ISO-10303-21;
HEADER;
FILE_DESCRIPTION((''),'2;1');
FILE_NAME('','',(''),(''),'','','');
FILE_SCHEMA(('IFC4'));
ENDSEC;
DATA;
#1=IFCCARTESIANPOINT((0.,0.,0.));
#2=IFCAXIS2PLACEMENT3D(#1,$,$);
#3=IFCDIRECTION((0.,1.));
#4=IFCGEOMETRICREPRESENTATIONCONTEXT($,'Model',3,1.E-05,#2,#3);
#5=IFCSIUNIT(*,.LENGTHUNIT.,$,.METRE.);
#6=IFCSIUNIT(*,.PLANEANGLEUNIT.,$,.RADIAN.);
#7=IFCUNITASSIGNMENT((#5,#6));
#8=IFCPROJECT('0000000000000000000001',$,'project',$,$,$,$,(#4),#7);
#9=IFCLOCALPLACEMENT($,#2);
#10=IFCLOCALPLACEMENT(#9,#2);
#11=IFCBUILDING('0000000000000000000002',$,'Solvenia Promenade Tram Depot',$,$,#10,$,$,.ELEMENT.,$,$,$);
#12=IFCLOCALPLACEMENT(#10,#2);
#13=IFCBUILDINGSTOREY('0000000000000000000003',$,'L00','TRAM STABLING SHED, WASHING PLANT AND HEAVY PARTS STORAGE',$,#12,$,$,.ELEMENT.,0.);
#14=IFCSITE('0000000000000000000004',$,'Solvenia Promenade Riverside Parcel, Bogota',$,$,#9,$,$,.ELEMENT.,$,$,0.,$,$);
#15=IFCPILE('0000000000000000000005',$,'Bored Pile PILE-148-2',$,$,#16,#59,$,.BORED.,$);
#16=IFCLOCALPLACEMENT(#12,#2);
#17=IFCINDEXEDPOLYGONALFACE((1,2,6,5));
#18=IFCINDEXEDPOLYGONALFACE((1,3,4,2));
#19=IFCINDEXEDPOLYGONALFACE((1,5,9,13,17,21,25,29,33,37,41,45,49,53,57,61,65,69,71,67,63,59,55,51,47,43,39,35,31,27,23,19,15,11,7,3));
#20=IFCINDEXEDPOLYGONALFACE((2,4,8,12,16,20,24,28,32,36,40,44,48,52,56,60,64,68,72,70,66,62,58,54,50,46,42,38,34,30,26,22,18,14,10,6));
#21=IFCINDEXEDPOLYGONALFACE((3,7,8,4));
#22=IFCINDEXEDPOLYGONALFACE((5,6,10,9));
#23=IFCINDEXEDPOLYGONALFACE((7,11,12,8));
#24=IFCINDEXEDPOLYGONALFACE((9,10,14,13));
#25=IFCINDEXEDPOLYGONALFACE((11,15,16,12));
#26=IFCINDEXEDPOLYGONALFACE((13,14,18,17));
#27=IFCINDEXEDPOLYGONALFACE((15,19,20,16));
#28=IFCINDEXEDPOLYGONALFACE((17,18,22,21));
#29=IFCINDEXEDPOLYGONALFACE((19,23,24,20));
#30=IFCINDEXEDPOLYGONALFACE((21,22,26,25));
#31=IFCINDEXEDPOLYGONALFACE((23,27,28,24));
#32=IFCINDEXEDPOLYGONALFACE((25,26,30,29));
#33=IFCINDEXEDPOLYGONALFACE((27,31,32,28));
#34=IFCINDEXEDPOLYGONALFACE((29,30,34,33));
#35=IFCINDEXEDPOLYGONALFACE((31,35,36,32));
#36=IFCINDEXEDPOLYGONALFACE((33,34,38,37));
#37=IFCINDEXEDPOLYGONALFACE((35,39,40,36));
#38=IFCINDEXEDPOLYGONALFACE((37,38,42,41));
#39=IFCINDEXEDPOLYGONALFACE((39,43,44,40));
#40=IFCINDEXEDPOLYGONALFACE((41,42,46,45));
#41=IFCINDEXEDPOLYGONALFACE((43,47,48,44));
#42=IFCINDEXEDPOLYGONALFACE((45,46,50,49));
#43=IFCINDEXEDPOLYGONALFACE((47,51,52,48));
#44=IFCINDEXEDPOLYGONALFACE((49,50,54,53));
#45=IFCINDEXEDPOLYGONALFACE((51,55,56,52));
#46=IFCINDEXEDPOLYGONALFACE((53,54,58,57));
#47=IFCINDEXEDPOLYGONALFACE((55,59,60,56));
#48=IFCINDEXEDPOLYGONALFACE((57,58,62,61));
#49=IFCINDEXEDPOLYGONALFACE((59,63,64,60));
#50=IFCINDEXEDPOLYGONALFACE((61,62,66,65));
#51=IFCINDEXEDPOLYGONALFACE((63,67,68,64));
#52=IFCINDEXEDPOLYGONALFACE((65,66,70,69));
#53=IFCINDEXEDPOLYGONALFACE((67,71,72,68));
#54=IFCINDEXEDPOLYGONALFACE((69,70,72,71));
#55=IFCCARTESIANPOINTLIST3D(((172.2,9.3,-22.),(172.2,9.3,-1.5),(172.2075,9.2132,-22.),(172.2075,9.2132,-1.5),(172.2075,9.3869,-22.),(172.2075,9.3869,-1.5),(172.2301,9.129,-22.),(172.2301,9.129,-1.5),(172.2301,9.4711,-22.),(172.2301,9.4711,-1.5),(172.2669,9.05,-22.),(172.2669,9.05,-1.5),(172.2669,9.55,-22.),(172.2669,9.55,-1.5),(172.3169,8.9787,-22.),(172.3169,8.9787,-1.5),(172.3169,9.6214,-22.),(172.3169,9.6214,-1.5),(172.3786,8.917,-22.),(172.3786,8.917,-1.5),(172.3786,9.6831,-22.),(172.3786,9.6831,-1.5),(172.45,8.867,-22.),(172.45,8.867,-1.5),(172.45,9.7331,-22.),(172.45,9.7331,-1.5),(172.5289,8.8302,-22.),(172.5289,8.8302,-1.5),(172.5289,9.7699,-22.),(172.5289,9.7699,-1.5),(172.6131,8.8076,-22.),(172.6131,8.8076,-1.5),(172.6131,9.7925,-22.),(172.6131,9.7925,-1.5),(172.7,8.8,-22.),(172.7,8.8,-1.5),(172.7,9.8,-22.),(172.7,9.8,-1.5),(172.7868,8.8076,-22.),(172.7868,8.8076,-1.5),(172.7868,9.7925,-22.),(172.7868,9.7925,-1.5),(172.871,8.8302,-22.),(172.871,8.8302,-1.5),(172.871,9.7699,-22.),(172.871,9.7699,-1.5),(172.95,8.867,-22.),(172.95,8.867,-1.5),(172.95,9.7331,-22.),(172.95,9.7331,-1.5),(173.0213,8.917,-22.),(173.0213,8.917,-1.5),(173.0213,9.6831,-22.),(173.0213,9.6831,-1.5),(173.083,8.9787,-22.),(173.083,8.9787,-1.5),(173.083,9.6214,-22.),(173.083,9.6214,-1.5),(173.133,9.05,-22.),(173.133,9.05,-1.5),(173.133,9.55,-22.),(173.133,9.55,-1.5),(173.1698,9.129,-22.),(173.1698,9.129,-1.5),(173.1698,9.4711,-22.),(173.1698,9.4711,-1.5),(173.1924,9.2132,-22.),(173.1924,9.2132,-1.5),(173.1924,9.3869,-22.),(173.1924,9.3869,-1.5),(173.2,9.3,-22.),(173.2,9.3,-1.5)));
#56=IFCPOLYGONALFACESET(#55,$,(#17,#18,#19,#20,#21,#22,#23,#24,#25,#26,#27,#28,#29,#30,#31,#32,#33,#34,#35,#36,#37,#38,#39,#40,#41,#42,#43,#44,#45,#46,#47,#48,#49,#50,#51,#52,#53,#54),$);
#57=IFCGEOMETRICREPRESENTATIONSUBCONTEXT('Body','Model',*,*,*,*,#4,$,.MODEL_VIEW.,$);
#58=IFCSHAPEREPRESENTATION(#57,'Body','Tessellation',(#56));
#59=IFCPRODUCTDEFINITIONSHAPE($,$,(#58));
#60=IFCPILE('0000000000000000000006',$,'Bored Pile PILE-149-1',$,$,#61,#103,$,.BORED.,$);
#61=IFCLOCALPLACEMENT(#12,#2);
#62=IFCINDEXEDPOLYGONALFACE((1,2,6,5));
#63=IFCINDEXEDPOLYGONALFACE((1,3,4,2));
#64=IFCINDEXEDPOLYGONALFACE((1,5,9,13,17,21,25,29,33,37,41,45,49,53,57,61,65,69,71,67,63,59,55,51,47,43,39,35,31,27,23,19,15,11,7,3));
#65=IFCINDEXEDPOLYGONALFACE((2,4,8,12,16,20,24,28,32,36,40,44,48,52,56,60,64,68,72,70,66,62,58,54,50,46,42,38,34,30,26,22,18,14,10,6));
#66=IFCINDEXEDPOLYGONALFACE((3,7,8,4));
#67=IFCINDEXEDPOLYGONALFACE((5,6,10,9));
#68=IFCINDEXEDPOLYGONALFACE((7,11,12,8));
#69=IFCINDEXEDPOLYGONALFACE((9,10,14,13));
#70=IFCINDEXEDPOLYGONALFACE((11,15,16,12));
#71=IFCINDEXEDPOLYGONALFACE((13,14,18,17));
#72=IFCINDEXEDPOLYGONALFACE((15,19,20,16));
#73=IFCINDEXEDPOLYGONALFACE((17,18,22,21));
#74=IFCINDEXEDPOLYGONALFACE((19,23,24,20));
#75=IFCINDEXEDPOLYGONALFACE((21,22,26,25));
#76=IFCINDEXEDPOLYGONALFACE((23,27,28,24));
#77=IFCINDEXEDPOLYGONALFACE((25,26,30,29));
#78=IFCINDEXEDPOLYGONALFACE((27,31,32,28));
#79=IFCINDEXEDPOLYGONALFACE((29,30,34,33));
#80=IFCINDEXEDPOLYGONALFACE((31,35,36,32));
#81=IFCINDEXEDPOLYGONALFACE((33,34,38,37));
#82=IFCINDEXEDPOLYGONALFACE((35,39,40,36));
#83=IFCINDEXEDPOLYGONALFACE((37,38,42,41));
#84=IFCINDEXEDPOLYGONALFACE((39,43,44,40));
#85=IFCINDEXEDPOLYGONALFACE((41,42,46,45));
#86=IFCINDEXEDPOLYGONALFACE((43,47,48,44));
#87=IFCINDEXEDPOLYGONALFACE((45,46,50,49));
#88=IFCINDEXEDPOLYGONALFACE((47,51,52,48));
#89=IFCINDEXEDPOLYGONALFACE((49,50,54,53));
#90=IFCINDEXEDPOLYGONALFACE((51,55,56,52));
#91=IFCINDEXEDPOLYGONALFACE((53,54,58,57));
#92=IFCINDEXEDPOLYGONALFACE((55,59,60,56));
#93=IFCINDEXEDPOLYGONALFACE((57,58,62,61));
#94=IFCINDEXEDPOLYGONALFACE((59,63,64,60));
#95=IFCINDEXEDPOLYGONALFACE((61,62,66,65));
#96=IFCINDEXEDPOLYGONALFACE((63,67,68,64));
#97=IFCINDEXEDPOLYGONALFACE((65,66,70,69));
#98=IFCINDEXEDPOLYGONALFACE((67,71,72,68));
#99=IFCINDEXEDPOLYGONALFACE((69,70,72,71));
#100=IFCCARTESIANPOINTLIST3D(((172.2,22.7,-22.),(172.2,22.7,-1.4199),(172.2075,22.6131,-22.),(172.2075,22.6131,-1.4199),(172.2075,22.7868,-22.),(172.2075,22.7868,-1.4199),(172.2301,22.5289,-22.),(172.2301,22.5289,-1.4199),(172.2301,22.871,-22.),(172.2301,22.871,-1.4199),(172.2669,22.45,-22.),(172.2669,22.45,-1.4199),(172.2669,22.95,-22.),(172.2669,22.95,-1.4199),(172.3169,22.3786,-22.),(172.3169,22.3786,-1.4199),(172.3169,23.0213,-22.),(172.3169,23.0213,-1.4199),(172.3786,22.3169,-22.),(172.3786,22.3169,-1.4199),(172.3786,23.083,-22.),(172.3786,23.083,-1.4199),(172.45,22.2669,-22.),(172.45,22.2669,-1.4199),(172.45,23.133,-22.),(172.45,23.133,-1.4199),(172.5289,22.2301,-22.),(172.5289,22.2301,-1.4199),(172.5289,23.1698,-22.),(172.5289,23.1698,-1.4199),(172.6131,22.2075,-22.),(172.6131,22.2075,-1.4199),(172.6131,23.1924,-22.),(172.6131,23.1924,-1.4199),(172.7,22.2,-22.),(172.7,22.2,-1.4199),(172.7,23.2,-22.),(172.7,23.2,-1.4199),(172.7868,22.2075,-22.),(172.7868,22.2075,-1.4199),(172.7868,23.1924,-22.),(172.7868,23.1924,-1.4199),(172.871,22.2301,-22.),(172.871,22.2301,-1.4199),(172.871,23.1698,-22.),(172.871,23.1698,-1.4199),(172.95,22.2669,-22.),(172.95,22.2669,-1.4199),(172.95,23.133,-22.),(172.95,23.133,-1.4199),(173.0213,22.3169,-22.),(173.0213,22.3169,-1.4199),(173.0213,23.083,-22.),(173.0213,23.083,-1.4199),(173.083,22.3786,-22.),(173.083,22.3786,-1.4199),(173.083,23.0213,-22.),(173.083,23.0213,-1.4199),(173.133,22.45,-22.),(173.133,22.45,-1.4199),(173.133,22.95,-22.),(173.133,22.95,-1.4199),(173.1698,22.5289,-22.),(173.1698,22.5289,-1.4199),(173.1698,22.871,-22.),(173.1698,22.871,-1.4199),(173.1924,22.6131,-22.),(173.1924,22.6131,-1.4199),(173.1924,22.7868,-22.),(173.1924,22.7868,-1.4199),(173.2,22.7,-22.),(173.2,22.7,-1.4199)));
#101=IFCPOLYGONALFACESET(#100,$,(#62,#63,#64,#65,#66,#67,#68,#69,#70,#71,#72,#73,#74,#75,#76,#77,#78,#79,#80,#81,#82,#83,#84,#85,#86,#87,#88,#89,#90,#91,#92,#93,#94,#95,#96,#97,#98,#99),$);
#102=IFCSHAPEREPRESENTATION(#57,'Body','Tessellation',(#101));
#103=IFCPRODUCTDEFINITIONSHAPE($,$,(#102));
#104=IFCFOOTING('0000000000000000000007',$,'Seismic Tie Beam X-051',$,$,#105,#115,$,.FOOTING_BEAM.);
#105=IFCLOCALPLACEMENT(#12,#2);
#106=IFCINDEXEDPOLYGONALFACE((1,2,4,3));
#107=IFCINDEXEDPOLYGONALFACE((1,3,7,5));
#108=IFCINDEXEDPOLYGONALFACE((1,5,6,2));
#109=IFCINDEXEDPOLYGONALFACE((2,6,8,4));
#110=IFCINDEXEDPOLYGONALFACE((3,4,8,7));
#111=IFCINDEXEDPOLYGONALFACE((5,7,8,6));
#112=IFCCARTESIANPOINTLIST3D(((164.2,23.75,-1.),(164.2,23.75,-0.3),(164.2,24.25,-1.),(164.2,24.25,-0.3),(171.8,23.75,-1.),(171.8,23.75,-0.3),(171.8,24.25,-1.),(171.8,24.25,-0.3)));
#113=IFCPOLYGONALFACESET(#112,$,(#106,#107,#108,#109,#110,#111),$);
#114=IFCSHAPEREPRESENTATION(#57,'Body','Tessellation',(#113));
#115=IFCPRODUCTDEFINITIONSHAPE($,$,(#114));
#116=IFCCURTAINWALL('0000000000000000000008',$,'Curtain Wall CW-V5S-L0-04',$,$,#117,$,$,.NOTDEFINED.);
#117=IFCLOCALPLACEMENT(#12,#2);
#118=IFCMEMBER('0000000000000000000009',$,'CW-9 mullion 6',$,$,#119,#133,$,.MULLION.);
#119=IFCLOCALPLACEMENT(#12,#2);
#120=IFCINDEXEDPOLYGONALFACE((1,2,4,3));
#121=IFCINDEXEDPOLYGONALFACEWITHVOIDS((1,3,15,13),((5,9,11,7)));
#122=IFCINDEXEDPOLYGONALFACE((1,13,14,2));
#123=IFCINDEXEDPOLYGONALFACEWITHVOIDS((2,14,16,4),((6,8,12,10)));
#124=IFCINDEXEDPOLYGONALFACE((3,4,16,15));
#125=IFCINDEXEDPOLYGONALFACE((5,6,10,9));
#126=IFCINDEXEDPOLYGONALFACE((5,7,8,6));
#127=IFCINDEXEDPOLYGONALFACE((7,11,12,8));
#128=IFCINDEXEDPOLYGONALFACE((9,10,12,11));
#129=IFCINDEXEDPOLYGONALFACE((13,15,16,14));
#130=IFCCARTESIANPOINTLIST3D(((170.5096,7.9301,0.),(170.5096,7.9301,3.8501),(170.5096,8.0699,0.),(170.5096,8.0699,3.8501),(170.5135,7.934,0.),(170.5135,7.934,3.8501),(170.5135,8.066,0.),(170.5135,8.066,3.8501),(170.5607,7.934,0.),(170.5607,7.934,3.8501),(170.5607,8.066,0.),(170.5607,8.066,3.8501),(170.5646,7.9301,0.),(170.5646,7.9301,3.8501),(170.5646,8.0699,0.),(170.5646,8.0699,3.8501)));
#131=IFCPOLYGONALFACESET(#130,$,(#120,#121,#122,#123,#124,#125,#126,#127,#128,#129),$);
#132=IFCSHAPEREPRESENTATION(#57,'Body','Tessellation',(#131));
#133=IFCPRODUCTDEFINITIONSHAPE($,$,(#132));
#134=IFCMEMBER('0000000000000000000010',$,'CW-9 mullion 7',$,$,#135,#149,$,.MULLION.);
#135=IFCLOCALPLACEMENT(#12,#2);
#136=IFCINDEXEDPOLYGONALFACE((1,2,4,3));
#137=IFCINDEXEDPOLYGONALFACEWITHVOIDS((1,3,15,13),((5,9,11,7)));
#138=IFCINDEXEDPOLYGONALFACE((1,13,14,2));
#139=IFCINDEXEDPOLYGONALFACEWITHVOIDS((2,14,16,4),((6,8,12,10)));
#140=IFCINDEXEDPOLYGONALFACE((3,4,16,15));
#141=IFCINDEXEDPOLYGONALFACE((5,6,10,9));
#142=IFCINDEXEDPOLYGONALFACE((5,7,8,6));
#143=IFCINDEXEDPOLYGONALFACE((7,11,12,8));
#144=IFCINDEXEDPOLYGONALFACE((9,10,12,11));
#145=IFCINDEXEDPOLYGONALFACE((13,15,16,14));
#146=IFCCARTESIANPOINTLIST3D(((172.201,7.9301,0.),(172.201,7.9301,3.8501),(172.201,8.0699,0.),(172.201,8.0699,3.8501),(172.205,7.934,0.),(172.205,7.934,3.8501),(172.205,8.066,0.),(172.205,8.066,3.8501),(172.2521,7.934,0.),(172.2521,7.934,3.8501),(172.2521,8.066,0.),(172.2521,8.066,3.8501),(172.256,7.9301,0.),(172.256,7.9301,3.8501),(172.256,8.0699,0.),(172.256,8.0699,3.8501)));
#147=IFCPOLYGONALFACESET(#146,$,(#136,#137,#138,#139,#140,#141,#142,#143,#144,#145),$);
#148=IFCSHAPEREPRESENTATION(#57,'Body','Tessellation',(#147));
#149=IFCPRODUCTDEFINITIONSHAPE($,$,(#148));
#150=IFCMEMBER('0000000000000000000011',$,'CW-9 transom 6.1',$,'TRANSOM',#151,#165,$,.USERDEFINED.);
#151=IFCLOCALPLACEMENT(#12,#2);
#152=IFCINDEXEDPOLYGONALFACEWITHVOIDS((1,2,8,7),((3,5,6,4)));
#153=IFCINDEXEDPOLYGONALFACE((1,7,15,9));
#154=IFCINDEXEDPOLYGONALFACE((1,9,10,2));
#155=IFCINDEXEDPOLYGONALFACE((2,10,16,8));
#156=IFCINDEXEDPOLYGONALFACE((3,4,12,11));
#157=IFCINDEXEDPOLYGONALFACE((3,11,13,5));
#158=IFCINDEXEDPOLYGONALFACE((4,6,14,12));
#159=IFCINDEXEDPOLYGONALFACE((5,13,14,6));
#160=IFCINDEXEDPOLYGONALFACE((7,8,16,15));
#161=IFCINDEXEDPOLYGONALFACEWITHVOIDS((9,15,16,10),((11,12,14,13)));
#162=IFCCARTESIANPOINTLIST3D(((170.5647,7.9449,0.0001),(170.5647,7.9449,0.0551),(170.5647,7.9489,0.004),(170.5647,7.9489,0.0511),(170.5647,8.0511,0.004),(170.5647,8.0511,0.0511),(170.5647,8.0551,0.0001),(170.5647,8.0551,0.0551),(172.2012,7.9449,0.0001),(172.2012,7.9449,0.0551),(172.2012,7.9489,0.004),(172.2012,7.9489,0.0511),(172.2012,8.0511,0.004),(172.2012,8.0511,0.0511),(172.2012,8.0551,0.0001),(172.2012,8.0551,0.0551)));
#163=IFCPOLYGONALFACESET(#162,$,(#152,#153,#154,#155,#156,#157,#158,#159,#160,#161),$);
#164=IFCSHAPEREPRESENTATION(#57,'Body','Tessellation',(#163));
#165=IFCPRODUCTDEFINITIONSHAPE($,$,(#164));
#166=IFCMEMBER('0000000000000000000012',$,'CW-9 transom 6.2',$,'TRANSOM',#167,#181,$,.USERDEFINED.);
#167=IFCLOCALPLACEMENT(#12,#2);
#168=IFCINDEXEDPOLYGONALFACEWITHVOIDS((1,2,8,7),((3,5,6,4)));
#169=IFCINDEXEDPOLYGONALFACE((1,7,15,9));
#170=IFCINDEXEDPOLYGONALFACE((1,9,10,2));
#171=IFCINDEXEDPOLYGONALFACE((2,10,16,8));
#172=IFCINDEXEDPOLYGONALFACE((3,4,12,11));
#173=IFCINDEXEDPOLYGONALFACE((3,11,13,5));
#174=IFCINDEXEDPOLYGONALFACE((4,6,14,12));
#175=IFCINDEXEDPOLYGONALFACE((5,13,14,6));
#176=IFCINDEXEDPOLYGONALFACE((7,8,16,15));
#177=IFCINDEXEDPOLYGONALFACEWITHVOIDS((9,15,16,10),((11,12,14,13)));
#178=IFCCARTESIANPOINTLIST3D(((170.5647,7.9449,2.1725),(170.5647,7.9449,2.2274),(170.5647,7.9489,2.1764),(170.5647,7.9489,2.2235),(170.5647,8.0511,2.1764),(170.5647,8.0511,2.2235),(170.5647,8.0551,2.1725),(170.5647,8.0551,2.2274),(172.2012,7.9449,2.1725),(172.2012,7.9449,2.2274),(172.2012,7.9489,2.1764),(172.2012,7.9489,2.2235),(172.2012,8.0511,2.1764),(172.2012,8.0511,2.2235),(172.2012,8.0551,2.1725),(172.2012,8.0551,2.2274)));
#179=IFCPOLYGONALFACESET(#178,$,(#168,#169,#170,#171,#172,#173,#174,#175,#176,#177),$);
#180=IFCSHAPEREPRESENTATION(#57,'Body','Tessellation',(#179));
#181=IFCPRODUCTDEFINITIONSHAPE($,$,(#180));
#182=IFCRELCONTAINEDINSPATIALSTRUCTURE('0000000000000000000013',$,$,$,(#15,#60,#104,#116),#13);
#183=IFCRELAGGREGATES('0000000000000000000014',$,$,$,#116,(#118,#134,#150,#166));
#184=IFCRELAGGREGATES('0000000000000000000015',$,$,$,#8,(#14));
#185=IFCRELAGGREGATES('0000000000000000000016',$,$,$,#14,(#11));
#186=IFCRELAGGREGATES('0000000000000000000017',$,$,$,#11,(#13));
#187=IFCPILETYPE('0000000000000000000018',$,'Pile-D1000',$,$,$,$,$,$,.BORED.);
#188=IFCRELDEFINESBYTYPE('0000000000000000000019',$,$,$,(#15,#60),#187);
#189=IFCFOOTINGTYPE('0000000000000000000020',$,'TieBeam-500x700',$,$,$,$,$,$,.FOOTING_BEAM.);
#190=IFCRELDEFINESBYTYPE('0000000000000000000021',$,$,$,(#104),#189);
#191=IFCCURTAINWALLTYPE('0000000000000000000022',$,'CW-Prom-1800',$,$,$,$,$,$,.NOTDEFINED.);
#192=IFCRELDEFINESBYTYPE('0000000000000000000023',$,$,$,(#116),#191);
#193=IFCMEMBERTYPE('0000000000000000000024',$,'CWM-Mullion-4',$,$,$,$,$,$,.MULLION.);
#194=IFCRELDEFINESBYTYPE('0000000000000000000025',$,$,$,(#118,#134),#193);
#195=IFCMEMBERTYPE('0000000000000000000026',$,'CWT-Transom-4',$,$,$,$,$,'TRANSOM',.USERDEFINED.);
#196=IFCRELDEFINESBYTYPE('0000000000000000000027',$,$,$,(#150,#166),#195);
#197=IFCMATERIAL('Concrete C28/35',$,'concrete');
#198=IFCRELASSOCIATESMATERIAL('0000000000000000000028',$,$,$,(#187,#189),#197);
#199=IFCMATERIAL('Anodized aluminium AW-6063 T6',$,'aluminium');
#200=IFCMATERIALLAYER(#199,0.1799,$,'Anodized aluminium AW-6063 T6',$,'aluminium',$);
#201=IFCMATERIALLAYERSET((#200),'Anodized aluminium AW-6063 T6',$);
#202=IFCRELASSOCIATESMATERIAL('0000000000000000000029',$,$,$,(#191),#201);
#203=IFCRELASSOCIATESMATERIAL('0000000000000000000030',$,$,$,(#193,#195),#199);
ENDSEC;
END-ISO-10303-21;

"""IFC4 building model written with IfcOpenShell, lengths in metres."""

from ifc_helpers import new_model, si_unit, direction, frame, origin, origin_2d, place, context, subcontext, project, spatial, rectangle, hollow_rectangle, circle, extrude, material, layer, layer_set, material_profile, profile_set, type_object, element, aggregate, save


model = new_model("IFC4")

# Units and contexts
model_context = context("Model", 3, precision=1e-05, world=origin(), true_north=direction((0.0, 1.0)))
body_context = subcontext(model_context, "Body", "Model", "MODEL_VIEW")
ifc_project = project(units=[si_unit("LENGTHUNIT", "METRE"), si_unit("PLANEANGLEUNIT", "RADIAN")], contexts=[model_context])

# Site, building, storey
site_placement = place(None, origin())
site = spatial("IfcSite", under=ifc_project, at=site_placement, Name="Solvenia Promenade Riverside Parcel, Bogota", CompositionType="ELEMENT", RefElevation=0.0)
building_placement = place(site_placement, origin())
building = spatial("IfcBuilding", under=site, at=building_placement, Name="Solvenia Promenade Tram Depot", CompositionType="ELEMENT")
storey_placement = place(building_placement, origin())
storey = spatial("IfcBuildingStorey", under=building, at=storey_placement, Name="L00", Description="TRAM STABLING SHED, WASHING PLANT AND HEAVY PARTS STORAGE", CompositionType="ELEMENT", Elevation=0.0)

# Piles
ifc_material_1 = material(Name="Concrete C28/35", Category="concrete")
ifc_material_profile_1 = material_profile(ifc_material_1, circle(Radius=0.5, at=origin_2d()), Name="D1000", Category="concrete")
ifc_profile_set_1 = profile_set([ifc_material_profile_1], Name="Concrete C28/35")
pile_type = type_object("IfcPileType", Name="Pile-D1000", PredefinedType="BORED", material=ifc_profile_set_1)
pile_1_placement = place(storey_placement, frame((172.7, 9.3, -1.5), z_axis=(0.0, 0.0, -1.0), x_axis=(1.0, 0.0, 0.0)))
element("IfcPile", 1, at=pile_1_placement, inside=storey, type_object=pile_type, Name="Bored Pile PILE-148-2", PredefinedType="BORED", context=body_context, shape_type="SweptSolid", body=[
    extrude(circle(Radius=0.5, at=origin_2d()), origin(), (0.0, 0.0, 1.0), 20.5),
])
pile_2_placement = place(storey_placement, frame((172.7, 22.7, -1.4199), z_axis=(0.0, 0.0, -1.0), x_axis=(1.0, 0.0, 0.0)))
element("IfcPile", 2, at=pile_2_placement, inside=storey, type_object=pile_type, Name="Bored Pile PILE-149-1", PredefinedType="BORED", context=body_context, shape_type="SweptSolid", body=[
    extrude(circle(Radius=0.5, at=origin_2d()), origin(), (0.0, 0.0, 1.0), 20.5801),
])

# Footing
footing_type = type_object("IfcFootingType", Name="TieBeam-500x700", PredefinedType="FOOTING_BEAM", material=ifc_material_1)
footing_placement = place(storey_placement, frame((168.0, 24.0, -1.0), z_axis=(0.0, 0.0, 1.0), x_axis=(1.0, 0.0, 0.0)))
element("IfcFooting", 3, at=footing_placement, inside=storey, type_object=footing_type, Name="Seismic Tie Beam X-051", PredefinedType="FOOTING_BEAM", context=body_context, shape_type="SweptSolid", body=[
    extrude(rectangle(XDim=7.6001, YDim=0.5, at=origin_2d()), origin(), (0.0, 0.0, 1.0), 0.7),
])

# Curtain wall, members
ifc_material_2 = material(Name="Anodized aluminium AW-6063 T6", Category="aluminium")
ifc_layer_1 = layer(ifc_material_2, 0.1799, Name="Anodized aluminium AW-6063 T6", Category="aluminium")
ifc_layer_set_1 = layer_set([ifc_layer_1], Name="Anodized aluminium AW-6063 T6")
curtain_wall_type = type_object("IfcCurtainWallType", Name="CW-Prom-1800", PredefinedType="NOTDEFINED", material=ifc_layer_set_1)
curtain_wall_placement = place(storey_placement, origin())
curtain_wall = element("IfcCurtainWall", 4, at=curtain_wall_placement, inside=storey, type_object=curtain_wall_type, Name="Curtain Wall CW-V5S-L0-04", PredefinedType="NOTDEFINED")
ifc_material_profile_2 = material_profile(ifc_material_2, hollow_rectangle(XDim=0.1399, YDim=0.0549, WallThickness=0.0039, at=origin_2d()), Name="ALU-M4", Category="aluminium")
ifc_profile_set_2 = profile_set([ifc_material_profile_2], Name="Anodized aluminium AW-6063 T6")
member_type_1 = type_object("IfcMemberType", Name="CWM-Mullion-4", PredefinedType="MULLION", material=ifc_profile_set_2)
member_1_placement = place(storey_placement, frame((170.5371, 8.0, 0.0), z_axis=(0.0, 0.0, 1.0), x_axis=(0.0, 1.0, 0.0)))
member_1 = element("IfcMember", 5, at=member_1_placement, type_object=member_type_1, Name="CW-9 mullion 6", PredefinedType="MULLION", context=body_context, shape_type="SweptSolid", body=[
    extrude(hollow_rectangle(XDim=0.1399, YDim=0.0549, WallThickness=0.0039, at=origin_2d()), origin(), (0.0, 0.0, 1.0), 3.8501),
])
member_2_placement = place(storey_placement, frame((172.2285, 8.0, 0.0), z_axis=(0.0, 0.0, 1.0), x_axis=(0.0, 1.0, 0.0)))
member_2 = element("IfcMember", 6, at=member_2_placement, type_object=member_type_1, Name="CW-9 mullion 7", PredefinedType="MULLION", context=body_context, shape_type="SweptSolid", body=[
    extrude(hollow_rectangle(XDim=0.1399, YDim=0.0549, WallThickness=0.0039, at=origin_2d()), origin(), (0.0, 0.0, 1.0), 3.8501),
])
ifc_material_profile_3 = material_profile(ifc_material_2, hollow_rectangle(XDim=0.1101, YDim=0.0549, WallThickness=0.0039, at=origin_2d()), Name="ALU-T4", Category="aluminium")
ifc_profile_set_3 = profile_set([ifc_material_profile_3], Name="Anodized aluminium AW-6063 T6")
member_type_2 = type_object("IfcMemberType", Name="CWT-Transom-4", ElementType="TRANSOM", PredefinedType="USERDEFINED", material=ifc_profile_set_3)
member_3_placement = place(storey_placement, frame((170.5647, 8.0, 0.0276), z_axis=(1.0, 0.0, 0.0), x_axis=(0.0, 1.0, 0.0)))
member_3 = element("IfcMember", 7, at=member_3_placement, type_object=member_type_2, Name="CW-9 transom 6.1", ObjectType="TRANSOM", PredefinedType="USERDEFINED", context=body_context, shape_type="SweptSolid", body=[
    extrude(hollow_rectangle(XDim=0.1101, YDim=0.0549, WallThickness=0.0039, at=origin_2d()), origin(), (0.0, 0.0, 1.0), 1.6365),
])
member_4_placement = place(storey_placement, frame((170.5647, 8.0, 2.2), z_axis=(1.0, 0.0, 0.0), x_axis=(0.0, 1.0, 0.0)))
member_4 = element("IfcMember", 8, at=member_4_placement, type_object=member_type_2, Name="CW-9 transom 6.2", ObjectType="TRANSOM", PredefinedType="USERDEFINED", context=body_context, shape_type="SweptSolid", body=[
    extrude(hollow_rectangle(XDim=0.1101, YDim=0.0549, WallThickness=0.0039, at=origin_2d()), origin(), (0.0, 0.0, 1.0), 1.6365),
])
aggregate(curtain_wall, [member_1, member_2, member_3, member_4])

save(model, "model.ifc")
